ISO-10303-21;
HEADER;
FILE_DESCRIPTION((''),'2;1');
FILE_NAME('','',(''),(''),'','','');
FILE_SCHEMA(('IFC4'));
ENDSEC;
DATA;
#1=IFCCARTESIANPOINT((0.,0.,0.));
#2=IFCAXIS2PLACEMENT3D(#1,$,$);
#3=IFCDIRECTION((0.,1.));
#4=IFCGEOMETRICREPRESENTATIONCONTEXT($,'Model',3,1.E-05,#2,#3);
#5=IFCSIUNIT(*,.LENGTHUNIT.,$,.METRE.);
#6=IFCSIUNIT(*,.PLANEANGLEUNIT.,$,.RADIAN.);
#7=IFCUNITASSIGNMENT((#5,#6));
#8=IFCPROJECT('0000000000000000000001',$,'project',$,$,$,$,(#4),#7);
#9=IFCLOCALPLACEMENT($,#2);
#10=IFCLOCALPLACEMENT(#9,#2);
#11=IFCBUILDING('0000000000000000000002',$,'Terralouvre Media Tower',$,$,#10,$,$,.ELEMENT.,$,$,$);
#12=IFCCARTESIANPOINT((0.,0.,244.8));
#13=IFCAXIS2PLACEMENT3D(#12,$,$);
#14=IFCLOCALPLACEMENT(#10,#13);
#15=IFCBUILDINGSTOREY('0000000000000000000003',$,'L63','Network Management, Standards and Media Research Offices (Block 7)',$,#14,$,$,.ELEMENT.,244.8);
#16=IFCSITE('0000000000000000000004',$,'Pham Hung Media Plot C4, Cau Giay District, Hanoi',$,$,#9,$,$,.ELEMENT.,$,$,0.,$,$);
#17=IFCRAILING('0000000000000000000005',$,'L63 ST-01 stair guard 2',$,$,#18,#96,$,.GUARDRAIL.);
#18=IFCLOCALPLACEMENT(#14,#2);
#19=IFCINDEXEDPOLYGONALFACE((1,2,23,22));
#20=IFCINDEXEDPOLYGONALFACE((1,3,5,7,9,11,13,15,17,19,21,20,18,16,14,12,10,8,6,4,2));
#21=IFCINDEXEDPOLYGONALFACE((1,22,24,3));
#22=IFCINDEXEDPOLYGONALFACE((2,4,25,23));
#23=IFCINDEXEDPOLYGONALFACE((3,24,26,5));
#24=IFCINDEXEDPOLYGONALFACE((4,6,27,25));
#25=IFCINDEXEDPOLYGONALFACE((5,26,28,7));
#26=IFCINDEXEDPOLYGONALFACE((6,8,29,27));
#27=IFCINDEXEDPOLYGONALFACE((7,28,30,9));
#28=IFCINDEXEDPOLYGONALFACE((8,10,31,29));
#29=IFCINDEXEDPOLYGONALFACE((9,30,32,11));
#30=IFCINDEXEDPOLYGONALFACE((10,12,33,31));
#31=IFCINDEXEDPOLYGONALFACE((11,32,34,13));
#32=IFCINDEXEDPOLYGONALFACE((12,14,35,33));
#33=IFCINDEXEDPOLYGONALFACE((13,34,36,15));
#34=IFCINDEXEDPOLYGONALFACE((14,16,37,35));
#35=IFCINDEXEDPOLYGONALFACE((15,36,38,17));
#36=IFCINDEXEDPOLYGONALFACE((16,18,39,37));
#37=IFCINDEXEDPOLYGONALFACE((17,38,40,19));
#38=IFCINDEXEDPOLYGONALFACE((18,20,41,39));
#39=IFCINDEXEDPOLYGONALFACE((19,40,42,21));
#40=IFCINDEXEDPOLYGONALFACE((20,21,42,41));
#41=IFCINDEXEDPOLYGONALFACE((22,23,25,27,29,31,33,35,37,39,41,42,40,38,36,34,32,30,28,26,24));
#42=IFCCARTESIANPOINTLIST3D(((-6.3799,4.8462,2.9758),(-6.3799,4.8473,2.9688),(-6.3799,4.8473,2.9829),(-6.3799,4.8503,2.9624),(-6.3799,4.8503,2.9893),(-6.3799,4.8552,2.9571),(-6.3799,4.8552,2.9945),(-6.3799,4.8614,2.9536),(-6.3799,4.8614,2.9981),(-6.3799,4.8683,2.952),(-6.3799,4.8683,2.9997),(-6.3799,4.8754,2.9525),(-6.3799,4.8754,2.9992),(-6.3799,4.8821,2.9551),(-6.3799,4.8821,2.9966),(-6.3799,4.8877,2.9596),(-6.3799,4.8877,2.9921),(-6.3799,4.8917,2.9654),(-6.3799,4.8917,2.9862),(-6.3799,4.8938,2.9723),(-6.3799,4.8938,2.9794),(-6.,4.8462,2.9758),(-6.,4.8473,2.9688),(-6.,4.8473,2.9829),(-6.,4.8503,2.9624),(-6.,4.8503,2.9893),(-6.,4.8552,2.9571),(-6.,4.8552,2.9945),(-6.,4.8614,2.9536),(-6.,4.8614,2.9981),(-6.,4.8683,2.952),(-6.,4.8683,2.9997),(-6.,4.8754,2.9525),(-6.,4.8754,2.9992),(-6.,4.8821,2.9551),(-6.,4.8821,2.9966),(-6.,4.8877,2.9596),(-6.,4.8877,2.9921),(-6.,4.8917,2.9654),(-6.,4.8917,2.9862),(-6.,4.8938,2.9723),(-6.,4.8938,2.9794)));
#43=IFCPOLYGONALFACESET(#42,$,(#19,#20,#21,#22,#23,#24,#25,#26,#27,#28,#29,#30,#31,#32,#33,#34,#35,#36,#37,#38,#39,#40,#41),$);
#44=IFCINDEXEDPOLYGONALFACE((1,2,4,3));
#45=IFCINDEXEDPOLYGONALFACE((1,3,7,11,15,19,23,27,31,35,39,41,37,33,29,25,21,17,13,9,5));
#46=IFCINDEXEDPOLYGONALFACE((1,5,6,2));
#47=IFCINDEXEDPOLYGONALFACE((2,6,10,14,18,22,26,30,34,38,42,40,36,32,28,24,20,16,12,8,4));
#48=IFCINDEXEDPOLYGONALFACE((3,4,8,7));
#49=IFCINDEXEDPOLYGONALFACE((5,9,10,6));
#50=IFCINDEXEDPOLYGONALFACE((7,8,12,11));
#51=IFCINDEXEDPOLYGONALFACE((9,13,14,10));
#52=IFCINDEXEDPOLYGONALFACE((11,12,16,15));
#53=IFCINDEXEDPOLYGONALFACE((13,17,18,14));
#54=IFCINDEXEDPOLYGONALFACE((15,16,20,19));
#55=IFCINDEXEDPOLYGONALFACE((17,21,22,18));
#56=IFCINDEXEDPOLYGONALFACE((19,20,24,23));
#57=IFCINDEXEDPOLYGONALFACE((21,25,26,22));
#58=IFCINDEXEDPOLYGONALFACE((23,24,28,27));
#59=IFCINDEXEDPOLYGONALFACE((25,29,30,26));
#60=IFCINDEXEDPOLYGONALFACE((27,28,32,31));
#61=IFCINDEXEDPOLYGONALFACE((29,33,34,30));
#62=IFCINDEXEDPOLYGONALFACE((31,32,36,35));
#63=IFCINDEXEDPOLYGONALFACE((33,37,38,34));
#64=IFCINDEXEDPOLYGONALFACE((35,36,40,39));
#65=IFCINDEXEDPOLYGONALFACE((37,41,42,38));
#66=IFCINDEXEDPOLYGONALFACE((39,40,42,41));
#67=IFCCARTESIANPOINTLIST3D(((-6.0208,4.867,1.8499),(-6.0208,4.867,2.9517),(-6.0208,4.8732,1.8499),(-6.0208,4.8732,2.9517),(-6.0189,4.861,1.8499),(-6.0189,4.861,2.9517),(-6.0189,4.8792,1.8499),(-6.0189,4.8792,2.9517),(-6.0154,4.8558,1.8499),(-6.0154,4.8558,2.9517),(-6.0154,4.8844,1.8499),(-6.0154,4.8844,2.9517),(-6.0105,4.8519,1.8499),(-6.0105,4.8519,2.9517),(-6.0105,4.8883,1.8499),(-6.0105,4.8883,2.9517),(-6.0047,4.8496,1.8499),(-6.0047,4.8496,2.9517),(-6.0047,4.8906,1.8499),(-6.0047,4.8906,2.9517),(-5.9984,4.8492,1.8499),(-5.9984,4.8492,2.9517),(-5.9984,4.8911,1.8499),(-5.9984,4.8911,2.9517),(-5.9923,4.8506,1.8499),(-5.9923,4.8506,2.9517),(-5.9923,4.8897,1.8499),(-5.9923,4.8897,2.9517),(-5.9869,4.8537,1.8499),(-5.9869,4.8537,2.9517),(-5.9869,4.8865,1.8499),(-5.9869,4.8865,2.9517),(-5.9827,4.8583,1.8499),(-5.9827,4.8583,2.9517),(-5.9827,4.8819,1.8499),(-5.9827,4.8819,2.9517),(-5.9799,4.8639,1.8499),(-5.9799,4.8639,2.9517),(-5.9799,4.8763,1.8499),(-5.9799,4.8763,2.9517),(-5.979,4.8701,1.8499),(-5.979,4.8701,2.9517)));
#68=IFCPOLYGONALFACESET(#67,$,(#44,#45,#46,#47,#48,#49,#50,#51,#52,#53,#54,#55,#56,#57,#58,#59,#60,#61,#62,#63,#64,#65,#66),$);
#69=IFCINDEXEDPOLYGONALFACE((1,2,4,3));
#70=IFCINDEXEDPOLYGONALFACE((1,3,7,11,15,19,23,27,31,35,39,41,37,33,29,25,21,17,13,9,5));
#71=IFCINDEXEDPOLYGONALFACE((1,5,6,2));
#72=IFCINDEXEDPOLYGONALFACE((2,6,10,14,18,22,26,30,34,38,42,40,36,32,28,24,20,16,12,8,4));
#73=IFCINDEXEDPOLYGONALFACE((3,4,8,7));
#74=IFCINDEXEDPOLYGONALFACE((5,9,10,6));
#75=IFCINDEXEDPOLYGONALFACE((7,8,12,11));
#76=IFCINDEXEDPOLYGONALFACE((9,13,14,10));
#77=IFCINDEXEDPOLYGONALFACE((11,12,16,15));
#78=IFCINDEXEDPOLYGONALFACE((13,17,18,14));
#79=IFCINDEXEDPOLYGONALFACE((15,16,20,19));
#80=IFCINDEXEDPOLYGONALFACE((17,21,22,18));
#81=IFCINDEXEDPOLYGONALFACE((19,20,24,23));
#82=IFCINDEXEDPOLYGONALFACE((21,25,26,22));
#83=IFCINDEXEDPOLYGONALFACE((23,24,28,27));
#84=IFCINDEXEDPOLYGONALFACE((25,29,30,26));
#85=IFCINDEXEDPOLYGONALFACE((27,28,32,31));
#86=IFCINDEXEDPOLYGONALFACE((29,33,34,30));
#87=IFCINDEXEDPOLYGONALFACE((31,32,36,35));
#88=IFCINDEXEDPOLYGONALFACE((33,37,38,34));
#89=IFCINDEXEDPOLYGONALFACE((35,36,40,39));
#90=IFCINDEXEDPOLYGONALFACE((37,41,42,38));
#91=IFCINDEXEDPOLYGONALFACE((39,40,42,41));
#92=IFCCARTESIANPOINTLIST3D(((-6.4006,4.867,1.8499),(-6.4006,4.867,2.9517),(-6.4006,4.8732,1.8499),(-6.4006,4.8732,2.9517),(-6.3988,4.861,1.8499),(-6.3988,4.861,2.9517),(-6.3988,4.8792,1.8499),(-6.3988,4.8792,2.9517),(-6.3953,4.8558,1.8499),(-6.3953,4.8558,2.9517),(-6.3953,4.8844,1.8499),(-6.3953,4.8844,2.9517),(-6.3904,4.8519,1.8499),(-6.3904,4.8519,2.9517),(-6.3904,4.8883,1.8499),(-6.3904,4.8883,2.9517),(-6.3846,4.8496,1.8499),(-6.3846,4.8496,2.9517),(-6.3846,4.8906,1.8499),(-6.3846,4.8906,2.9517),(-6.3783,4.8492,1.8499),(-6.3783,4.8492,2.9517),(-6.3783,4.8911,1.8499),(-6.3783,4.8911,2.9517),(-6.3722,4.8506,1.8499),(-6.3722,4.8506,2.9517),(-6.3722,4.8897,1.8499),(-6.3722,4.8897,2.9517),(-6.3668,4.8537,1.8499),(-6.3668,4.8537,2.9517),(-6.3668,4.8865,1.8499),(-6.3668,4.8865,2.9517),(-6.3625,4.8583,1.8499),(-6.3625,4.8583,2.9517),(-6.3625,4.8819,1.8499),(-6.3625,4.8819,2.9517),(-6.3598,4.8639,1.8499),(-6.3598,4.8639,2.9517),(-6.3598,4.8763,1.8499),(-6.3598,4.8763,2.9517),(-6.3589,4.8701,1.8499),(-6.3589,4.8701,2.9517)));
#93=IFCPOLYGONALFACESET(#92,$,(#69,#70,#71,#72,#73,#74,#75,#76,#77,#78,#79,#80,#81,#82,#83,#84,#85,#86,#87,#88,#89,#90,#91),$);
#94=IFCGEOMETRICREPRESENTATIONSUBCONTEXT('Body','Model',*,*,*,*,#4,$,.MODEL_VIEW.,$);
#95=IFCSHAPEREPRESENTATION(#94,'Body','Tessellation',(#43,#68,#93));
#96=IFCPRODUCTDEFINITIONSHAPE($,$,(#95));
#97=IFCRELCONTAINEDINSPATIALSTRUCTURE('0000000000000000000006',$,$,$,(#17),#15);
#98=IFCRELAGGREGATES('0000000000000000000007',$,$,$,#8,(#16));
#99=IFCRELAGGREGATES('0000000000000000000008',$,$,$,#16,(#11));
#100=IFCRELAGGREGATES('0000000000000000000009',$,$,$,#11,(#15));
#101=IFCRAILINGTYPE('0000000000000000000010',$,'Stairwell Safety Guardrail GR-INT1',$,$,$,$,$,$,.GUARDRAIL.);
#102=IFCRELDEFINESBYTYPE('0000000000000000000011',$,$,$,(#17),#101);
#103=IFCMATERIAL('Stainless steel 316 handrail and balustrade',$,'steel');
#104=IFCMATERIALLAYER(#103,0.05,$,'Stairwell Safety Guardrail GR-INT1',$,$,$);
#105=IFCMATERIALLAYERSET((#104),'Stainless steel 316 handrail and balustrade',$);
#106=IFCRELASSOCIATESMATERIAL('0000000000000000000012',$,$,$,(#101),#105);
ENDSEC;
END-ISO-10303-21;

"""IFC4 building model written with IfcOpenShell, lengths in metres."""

from ifc_helpers import new_model, si_unit, direction, frame, origin, origin_2d, place, context, subcontext, project, spatial, circle, extrude, material, layer, layer_set, type_object, element, save


model = new_model("IFC4")

# Units and contexts
model_context = context("Model", 3, precision=1e-05, world=origin(), true_north=direction((0.0, 1.0)))
body_context = subcontext(model_context, "Body", "Model", "MODEL_VIEW")
ifc_project = project(units=[si_unit("LENGTHUNIT", "METRE"), si_unit("PLANEANGLEUNIT", "RADIAN")], contexts=[model_context])

# Site, building, storey
site_placement = place(None, origin())
site = spatial("IfcSite", under=ifc_project, at=site_placement, Name="Pham Hung Media Plot C4, Cau Giay District, Hanoi", CompositionType="ELEMENT", RefElevation=0.0)
building_placement = place(site_placement, origin())
building = spatial("IfcBuilding", under=site, at=building_placement, Name="Terralouvre Media Tower", CompositionType="ELEMENT")
storey_placement = place(building_placement, frame((0.0, 0.0, 244.8)))
storey = spatial("IfcBuildingStorey", under=building, at=storey_placement, Name="L63", Description="Network Management, Standards and Media Research Offices (Block 7)", CompositionType="ELEMENT", Elevation=244.8)

# Railing
ifc_material_1 = material(Name="Stainless steel 316 handrail and balustrade", Category="steel")
ifc_layer_1 = layer(ifc_material_1, 0.05, Name="Stairwell Safety Guardrail GR-INT1")
ifc_layer_set_1 = layer_set([ifc_layer_1], Name="Stainless steel 316 handrail and balustrade")
railing_type_1 = type_object("IfcRailingType", Name="Stairwell Safety Guardrail GR-INT1", PredefinedType="GUARDRAIL", material=ifc_layer_set_1)
railing_1_placement = place(storey_placement, frame((-6.0, 4.8701, 1.8499)))
element("IfcRailing", 1, at=railing_1_placement, inside=storey, type_object=railing_type_1, Name="L63 ST-01 stair guard 2", PredefinedType="GUARDRAIL", context=body_context, shape_type="SweptSolid", body=[
    extrude(circle(Radius=0.0239, at=origin_2d()), frame((0.0, 0.0, 1.126), z_axis=(-1.0, 0.0, 0.0), x_axis=(0.0, -1.0, 0.0)), (0.0, 0.0, 1.0), 0.3799),
    extrude(circle(Radius=0.021, at=origin_2d()), origin(), (0.0, 0.0, 1.0), 1.1018),
    extrude(circle(Radius=0.021, at=origin_2d()), frame((-0.3799, 0.0, 0.0)), (0.0, 0.0, 1.0), 1.1018),
])

save(model, "model.ifc")
